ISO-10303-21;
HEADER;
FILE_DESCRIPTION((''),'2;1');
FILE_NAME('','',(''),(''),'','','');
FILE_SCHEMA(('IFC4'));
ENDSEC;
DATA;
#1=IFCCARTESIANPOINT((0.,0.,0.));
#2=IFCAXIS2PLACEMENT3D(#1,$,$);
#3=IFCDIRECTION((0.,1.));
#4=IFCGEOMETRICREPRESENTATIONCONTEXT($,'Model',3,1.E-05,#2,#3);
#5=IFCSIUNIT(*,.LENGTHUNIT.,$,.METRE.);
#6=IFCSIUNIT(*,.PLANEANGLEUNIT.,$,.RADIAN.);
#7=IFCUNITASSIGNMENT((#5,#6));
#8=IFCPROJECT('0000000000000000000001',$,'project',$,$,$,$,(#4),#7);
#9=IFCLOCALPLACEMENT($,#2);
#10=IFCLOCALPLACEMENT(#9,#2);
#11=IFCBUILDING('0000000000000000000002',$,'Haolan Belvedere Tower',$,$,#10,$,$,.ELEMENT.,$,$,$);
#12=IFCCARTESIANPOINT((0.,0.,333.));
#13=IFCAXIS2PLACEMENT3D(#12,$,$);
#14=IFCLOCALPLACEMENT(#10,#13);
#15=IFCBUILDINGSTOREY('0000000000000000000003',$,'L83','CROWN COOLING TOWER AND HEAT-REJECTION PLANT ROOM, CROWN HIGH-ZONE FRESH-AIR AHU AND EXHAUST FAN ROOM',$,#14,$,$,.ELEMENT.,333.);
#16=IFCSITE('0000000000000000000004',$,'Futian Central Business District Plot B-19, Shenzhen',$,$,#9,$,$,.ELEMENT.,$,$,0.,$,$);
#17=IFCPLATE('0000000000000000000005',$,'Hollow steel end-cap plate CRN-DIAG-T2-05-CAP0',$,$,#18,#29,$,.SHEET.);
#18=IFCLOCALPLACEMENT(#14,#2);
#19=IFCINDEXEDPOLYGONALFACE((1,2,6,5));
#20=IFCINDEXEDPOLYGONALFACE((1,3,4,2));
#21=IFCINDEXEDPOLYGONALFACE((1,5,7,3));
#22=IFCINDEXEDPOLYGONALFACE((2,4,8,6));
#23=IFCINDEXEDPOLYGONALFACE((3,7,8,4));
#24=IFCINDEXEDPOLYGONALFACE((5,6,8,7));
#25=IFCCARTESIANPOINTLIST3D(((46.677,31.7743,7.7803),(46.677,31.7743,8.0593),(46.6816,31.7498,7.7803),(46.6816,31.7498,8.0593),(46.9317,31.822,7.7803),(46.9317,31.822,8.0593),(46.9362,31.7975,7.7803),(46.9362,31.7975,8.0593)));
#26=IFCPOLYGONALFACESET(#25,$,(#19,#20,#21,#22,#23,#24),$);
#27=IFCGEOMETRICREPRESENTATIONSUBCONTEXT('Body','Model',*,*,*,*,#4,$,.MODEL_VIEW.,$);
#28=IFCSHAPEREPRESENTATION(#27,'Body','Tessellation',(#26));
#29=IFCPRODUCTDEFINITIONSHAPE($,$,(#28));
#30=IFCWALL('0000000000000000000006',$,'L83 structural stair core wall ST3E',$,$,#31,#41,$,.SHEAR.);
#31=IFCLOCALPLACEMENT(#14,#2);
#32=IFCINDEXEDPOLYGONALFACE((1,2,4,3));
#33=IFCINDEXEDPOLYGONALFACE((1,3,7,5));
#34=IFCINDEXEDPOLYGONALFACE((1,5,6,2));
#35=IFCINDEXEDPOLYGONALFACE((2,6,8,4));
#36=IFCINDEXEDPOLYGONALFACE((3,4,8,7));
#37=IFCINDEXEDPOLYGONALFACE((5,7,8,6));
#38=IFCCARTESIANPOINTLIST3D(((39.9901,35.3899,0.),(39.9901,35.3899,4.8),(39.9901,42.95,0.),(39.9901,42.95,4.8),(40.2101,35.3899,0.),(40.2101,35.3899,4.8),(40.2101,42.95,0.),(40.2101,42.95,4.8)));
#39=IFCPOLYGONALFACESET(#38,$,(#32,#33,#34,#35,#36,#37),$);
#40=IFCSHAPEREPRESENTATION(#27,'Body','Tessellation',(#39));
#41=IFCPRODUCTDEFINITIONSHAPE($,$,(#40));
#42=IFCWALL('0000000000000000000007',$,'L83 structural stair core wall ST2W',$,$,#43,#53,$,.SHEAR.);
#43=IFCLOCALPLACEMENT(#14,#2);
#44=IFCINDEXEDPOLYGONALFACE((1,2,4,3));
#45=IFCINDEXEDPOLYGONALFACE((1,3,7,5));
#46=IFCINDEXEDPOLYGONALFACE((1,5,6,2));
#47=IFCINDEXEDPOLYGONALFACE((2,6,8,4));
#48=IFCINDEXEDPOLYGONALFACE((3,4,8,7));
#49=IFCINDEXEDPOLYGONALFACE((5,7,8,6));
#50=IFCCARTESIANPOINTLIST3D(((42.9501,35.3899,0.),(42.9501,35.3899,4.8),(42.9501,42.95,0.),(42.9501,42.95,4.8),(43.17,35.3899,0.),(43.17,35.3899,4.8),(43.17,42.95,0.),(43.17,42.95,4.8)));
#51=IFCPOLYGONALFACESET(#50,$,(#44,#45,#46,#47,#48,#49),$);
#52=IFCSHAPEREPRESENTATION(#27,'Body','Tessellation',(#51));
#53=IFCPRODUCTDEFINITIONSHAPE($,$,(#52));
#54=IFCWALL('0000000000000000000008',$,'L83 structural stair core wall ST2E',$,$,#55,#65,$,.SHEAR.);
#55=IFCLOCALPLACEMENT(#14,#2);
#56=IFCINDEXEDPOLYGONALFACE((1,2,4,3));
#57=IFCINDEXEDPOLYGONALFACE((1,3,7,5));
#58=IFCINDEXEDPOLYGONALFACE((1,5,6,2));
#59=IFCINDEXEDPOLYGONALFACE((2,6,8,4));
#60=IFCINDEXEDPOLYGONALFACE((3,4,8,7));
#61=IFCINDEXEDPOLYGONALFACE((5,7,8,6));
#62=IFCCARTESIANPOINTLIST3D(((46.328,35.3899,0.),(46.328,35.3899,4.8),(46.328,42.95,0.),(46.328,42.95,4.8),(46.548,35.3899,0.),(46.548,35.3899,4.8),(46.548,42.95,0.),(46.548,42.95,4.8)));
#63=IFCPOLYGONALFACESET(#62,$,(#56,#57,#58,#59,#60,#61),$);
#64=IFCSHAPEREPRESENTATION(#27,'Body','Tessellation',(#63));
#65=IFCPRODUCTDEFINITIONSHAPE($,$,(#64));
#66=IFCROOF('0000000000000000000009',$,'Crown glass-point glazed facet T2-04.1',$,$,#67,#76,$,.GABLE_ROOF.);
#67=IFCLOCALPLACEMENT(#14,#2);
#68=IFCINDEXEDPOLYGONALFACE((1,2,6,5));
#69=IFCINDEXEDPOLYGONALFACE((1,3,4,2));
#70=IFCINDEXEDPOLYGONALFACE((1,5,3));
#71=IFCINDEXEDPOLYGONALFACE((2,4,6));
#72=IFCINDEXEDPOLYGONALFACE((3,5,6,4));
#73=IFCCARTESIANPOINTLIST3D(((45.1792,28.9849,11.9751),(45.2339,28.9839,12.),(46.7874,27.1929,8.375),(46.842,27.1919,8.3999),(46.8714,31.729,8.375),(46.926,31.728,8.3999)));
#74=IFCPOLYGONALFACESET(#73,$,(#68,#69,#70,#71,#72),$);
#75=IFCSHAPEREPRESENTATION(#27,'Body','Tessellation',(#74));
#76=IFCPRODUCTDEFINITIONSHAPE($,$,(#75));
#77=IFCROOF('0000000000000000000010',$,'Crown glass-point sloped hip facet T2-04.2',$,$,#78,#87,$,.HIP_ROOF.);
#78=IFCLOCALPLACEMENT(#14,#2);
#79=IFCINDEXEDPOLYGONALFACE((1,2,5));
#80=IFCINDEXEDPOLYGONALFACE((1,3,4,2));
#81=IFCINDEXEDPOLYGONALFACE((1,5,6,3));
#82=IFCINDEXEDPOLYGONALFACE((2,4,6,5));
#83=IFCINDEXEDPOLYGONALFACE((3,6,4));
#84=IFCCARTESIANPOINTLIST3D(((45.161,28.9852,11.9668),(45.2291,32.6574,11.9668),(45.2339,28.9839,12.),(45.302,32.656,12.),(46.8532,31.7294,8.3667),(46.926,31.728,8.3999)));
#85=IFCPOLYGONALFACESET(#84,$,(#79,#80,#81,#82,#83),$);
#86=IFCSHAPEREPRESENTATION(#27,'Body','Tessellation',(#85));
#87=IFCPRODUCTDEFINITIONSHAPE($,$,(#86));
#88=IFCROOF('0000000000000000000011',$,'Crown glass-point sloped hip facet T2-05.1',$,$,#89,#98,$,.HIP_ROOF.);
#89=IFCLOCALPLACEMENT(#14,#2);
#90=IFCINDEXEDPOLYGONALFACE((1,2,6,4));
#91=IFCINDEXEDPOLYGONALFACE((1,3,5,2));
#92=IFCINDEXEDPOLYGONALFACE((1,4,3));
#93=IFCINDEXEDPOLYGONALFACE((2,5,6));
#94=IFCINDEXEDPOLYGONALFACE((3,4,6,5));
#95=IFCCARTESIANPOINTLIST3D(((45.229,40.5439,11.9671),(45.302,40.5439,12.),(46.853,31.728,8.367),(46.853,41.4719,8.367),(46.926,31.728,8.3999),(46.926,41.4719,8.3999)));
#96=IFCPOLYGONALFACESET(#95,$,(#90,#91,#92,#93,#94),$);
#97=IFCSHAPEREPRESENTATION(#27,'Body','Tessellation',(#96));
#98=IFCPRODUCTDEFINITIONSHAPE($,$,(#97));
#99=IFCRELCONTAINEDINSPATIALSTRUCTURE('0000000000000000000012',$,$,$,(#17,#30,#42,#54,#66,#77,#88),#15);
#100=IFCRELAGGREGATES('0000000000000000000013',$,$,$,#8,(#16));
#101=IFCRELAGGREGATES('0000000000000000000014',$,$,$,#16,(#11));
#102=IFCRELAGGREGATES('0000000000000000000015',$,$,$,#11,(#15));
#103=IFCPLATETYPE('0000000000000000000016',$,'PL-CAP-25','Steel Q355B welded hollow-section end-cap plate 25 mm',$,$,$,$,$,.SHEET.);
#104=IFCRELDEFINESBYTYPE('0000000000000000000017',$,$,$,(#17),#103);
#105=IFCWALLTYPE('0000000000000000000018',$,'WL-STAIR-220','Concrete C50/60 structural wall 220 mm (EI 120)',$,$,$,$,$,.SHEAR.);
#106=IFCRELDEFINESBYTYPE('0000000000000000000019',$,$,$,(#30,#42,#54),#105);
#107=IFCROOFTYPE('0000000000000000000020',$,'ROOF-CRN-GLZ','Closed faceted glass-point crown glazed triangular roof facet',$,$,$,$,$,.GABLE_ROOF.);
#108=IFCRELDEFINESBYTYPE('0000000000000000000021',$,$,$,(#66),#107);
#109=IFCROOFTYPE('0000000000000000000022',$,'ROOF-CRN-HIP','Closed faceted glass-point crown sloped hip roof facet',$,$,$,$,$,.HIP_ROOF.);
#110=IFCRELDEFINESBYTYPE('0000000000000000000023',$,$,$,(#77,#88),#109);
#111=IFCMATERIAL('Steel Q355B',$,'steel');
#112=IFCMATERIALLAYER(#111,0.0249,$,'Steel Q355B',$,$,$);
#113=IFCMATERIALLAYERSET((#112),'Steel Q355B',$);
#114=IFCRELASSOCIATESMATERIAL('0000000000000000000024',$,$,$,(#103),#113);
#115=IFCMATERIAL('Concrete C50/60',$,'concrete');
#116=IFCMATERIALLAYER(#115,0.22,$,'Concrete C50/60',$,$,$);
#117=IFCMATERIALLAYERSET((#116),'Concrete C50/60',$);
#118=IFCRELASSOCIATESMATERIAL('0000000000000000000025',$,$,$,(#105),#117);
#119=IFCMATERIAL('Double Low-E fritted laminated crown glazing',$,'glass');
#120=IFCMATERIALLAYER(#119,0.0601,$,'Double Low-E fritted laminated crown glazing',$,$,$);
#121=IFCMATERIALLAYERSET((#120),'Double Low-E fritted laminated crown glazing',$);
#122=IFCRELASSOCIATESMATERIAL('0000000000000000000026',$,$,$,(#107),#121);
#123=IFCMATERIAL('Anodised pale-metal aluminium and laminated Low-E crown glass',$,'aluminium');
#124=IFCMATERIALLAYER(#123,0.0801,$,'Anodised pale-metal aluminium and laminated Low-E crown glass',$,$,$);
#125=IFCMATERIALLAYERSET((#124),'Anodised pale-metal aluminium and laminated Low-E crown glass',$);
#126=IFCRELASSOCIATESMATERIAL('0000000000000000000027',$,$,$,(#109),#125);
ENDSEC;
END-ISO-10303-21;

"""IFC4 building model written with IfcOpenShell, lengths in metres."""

from ifc_helpers import new_model, si_unit, direction, frame, frame_2d, origin, origin_2d, place, context, subcontext, project, spatial, polyline, rectangle, outline, extrude, material, layer, layer_set, type_object, element, save


model = new_model("IFC4")

# Units and contexts
model_context = context("Model", 3, precision=1e-05, world=origin(), true_north=direction((0.0, 1.0)))
body_context = subcontext(model_context, "Body", "Model", "MODEL_VIEW")
ifc_project = project(units=[si_unit("LENGTHUNIT", "METRE"), si_unit("PLANEANGLEUNIT", "RADIAN")], contexts=[model_context])

# Site, building, storey
site_placement = place(None, origin())
site = spatial("IfcSite", under=ifc_project, at=site_placement, Name="Futian Central Business District Plot B-19, Shenzhen", CompositionType="ELEMENT", RefElevation=0.0)
building_placement = place(site_placement, origin())
building = spatial("IfcBuilding", under=site, at=building_placement, Name="Haolan Belvedere Tower", CompositionType="ELEMENT")
storey_placement = place(building_placement, frame((0.0, 0.0, 333.0)))
storey = spatial("IfcBuildingStorey", under=building, at=storey_placement, Name="L83", Description="CROWN COOLING TOWER AND HEAT-REJECTION PLANT ROOM, CROWN HIGH-ZONE FRESH-AIR AHU AND EXHAUST FAN ROOM", CompositionType="ELEMENT", Elevation=333.0)

# Shared definitions
ifc_material_1 = material(Name="Steel Q355B", Category="steel")

# Plate
ifc_layer_1 = layer(ifc_material_1, 0.0249, Name="Steel Q355B")
ifc_layer_set_1 = layer_set([ifc_layer_1], Name="Steel Q355B")
plate_type = type_object("IfcPlateType", Name="PL-CAP-25", Description="Steel Q355B welded hollow-section end-cap plate 25 mm", PredefinedType="SHEET", material=ifc_layer_set_1)
plate_1_placement = place(storey_placement, frame((46.8066, 31.7859, 7.7803), z_axis=(0.0, 0.0, 1.0), x_axis=(0.982932, 0.183969, 0.0)))
element("IfcPlate", 1, at=plate_1_placement, inside=storey, type_object=plate_type, Name="Hollow steel end-cap plate CRN-DIAG-T2-05-CAP0", PredefinedType="SHEET", context=body_context, shape_type="SweptSolid", body=[
    extrude(rectangle(XDim=0.259, YDim=0.0249, at=origin_2d()), origin(), (0.0, 0.0, 1.0), 0.2791),
])

# Walls
ifc_material_2 = material(Name="Concrete C50/60", Category="concrete")
ifc_layer_2 = layer(ifc_material_2, 0.22, Name="Concrete C50/60")
ifc_layer_set_2 = layer_set([ifc_layer_2], Name="Concrete C50/60")
wall_type = type_object("IfcWallType", Name="WL-STAIR-220", Description="Concrete C50/60 structural wall 220 mm (EI 120)", PredefinedType="SHEAR", material=ifc_layer_set_2)
for number, where, z_axis, x_axis, name in (
    (2, (40.1001, 35.3899, 0.0), (0.0, 0.0, 1.0), (0.0, 1.0, 0.0), "L83 structural stair core wall ST3E"),
    (3, (43.0601, 35.3899, 0.0), (0.0, 0.0, 1.0), (0.0, 1.0, 0.0), "L83 structural stair core wall ST2W"),
    (4, (46.438, 35.3899, 0.0), (0.0, 0.0, 1.0), (0.0, 1.0, 0.0), "L83 structural stair core wall ST2E"),
):
    element("IfcWall", number, at=place(storey_placement, frame(where, z_axis=z_axis, x_axis=x_axis)), inside=storey, type_object=wall_type, Name=name, PredefinedType="SHEAR", context=body_context, shape_type="SweptSolid", body=[
        extrude(rectangle(XDim=7.5601, YDim=0.22, at=frame_2d((3.78, 0.0))), origin(), (0.0, 0.0, 1.0), 4.8),
    ])

# Roofs
ifc_material_3 = material(Name="Double Low-E fritted laminated crown glazing", Category="glass")
ifc_layer_3 = layer(ifc_material_3, 0.0601, Name="Double Low-E fritted laminated crown glazing")
ifc_layer_set_3 = layer_set([ifc_layer_3], Name="Double Low-E fritted laminated crown glazing")
roof_type_1 = type_object("IfcRoofType", Name="ROOF-CRN-GLZ", Description="Closed faceted glass-point crown glazed triangular roof facet", PredefinedType="GABLE_ROOF", material=ifc_layer_set_3)
roof_1_placement = place(storey_placement, frame((46.842, 27.1919, 8.3999), z_axis=(0.909768, -0.016844, 0.414775), x_axis=(0.018511, 0.999829, 0.0)))
element("IfcRoof", 5, at=roof_1_placement, inside=storey, type_object=roof_type_1, Name="Crown glass-point glazed facet T2-04.1", PredefinedType="GABLE_ROOF", context=body_context, shape_type="SweptSolid", body=[
    extrude(outline(polyline([(0.0, 0.0), (4.5369, 0.0), (1.7619, 3.9565), (0.0, 0.0)])), origin(), (0.0, 0.0, -1.0), 0.0601),
])
ifc_material_4 = material(Name="Anodised pale-metal aluminium and laminated Low-E crown glass", Category="aluminium")
ifc_layer_4 = layer(ifc_material_4, 0.0801, Name="Anodised pale-metal aluminium and laminated Low-E crown glass")
ifc_layer_set_4 = layer_set([ifc_layer_4], Name="Anodised pale-metal aluminium and laminated Low-E crown glass")
roof_type_2 = type_object("IfcRoofType", Name="ROOF-CRN-HIP", Description="Closed faceted glass-point crown sloped hip roof facet", PredefinedType="HIP_ROOF", material=ifc_layer_set_4)
roof_2_placement = place(storey_placement, frame((46.926, 31.728, 8.3999), z_axis=(0.909777, -0.016876, 0.414755), x_axis=(-0.400301, 0.228735, 0.887378)))
element("IfcRoof", 6, at=roof_2_placement, inside=storey, type_object=roof_type_2, Name="Crown glass-point sloped hip facet T2-04.2", PredefinedType="HIP_ROOF", context=body_context, shape_type="SweptSolid", body=[
    extrude(outline(polyline([(0.0, 0.0), (4.057, 0.0), (3.2443, 3.5817), (0.0, 0.0)])), origin(), (0.0, 0.0, -1.0), 0.0801),
])
roof_3_placement = place(storey_placement, frame((46.926, 31.728, 8.3999), z_axis=(0.911544, 0.0, 0.411202), x_axis=(0.0, 1.0, 0.0)))
element("IfcRoof", 7, at=roof_3_placement, inside=storey, type_object=roof_type_2, Name="Crown glass-point sloped hip facet T2-05.1", PredefinedType="HIP_ROOF", context=body_context, shape_type="SweptSolid", body=[
    extrude(outline(polyline([(0.0, 0.0), (9.7439, 0.0), (8.8159, 3.9494), (0.0, 0.0)])), origin(), (0.0, 0.0, -1.0), 0.0801),
])

save(model, "model.ifc")
